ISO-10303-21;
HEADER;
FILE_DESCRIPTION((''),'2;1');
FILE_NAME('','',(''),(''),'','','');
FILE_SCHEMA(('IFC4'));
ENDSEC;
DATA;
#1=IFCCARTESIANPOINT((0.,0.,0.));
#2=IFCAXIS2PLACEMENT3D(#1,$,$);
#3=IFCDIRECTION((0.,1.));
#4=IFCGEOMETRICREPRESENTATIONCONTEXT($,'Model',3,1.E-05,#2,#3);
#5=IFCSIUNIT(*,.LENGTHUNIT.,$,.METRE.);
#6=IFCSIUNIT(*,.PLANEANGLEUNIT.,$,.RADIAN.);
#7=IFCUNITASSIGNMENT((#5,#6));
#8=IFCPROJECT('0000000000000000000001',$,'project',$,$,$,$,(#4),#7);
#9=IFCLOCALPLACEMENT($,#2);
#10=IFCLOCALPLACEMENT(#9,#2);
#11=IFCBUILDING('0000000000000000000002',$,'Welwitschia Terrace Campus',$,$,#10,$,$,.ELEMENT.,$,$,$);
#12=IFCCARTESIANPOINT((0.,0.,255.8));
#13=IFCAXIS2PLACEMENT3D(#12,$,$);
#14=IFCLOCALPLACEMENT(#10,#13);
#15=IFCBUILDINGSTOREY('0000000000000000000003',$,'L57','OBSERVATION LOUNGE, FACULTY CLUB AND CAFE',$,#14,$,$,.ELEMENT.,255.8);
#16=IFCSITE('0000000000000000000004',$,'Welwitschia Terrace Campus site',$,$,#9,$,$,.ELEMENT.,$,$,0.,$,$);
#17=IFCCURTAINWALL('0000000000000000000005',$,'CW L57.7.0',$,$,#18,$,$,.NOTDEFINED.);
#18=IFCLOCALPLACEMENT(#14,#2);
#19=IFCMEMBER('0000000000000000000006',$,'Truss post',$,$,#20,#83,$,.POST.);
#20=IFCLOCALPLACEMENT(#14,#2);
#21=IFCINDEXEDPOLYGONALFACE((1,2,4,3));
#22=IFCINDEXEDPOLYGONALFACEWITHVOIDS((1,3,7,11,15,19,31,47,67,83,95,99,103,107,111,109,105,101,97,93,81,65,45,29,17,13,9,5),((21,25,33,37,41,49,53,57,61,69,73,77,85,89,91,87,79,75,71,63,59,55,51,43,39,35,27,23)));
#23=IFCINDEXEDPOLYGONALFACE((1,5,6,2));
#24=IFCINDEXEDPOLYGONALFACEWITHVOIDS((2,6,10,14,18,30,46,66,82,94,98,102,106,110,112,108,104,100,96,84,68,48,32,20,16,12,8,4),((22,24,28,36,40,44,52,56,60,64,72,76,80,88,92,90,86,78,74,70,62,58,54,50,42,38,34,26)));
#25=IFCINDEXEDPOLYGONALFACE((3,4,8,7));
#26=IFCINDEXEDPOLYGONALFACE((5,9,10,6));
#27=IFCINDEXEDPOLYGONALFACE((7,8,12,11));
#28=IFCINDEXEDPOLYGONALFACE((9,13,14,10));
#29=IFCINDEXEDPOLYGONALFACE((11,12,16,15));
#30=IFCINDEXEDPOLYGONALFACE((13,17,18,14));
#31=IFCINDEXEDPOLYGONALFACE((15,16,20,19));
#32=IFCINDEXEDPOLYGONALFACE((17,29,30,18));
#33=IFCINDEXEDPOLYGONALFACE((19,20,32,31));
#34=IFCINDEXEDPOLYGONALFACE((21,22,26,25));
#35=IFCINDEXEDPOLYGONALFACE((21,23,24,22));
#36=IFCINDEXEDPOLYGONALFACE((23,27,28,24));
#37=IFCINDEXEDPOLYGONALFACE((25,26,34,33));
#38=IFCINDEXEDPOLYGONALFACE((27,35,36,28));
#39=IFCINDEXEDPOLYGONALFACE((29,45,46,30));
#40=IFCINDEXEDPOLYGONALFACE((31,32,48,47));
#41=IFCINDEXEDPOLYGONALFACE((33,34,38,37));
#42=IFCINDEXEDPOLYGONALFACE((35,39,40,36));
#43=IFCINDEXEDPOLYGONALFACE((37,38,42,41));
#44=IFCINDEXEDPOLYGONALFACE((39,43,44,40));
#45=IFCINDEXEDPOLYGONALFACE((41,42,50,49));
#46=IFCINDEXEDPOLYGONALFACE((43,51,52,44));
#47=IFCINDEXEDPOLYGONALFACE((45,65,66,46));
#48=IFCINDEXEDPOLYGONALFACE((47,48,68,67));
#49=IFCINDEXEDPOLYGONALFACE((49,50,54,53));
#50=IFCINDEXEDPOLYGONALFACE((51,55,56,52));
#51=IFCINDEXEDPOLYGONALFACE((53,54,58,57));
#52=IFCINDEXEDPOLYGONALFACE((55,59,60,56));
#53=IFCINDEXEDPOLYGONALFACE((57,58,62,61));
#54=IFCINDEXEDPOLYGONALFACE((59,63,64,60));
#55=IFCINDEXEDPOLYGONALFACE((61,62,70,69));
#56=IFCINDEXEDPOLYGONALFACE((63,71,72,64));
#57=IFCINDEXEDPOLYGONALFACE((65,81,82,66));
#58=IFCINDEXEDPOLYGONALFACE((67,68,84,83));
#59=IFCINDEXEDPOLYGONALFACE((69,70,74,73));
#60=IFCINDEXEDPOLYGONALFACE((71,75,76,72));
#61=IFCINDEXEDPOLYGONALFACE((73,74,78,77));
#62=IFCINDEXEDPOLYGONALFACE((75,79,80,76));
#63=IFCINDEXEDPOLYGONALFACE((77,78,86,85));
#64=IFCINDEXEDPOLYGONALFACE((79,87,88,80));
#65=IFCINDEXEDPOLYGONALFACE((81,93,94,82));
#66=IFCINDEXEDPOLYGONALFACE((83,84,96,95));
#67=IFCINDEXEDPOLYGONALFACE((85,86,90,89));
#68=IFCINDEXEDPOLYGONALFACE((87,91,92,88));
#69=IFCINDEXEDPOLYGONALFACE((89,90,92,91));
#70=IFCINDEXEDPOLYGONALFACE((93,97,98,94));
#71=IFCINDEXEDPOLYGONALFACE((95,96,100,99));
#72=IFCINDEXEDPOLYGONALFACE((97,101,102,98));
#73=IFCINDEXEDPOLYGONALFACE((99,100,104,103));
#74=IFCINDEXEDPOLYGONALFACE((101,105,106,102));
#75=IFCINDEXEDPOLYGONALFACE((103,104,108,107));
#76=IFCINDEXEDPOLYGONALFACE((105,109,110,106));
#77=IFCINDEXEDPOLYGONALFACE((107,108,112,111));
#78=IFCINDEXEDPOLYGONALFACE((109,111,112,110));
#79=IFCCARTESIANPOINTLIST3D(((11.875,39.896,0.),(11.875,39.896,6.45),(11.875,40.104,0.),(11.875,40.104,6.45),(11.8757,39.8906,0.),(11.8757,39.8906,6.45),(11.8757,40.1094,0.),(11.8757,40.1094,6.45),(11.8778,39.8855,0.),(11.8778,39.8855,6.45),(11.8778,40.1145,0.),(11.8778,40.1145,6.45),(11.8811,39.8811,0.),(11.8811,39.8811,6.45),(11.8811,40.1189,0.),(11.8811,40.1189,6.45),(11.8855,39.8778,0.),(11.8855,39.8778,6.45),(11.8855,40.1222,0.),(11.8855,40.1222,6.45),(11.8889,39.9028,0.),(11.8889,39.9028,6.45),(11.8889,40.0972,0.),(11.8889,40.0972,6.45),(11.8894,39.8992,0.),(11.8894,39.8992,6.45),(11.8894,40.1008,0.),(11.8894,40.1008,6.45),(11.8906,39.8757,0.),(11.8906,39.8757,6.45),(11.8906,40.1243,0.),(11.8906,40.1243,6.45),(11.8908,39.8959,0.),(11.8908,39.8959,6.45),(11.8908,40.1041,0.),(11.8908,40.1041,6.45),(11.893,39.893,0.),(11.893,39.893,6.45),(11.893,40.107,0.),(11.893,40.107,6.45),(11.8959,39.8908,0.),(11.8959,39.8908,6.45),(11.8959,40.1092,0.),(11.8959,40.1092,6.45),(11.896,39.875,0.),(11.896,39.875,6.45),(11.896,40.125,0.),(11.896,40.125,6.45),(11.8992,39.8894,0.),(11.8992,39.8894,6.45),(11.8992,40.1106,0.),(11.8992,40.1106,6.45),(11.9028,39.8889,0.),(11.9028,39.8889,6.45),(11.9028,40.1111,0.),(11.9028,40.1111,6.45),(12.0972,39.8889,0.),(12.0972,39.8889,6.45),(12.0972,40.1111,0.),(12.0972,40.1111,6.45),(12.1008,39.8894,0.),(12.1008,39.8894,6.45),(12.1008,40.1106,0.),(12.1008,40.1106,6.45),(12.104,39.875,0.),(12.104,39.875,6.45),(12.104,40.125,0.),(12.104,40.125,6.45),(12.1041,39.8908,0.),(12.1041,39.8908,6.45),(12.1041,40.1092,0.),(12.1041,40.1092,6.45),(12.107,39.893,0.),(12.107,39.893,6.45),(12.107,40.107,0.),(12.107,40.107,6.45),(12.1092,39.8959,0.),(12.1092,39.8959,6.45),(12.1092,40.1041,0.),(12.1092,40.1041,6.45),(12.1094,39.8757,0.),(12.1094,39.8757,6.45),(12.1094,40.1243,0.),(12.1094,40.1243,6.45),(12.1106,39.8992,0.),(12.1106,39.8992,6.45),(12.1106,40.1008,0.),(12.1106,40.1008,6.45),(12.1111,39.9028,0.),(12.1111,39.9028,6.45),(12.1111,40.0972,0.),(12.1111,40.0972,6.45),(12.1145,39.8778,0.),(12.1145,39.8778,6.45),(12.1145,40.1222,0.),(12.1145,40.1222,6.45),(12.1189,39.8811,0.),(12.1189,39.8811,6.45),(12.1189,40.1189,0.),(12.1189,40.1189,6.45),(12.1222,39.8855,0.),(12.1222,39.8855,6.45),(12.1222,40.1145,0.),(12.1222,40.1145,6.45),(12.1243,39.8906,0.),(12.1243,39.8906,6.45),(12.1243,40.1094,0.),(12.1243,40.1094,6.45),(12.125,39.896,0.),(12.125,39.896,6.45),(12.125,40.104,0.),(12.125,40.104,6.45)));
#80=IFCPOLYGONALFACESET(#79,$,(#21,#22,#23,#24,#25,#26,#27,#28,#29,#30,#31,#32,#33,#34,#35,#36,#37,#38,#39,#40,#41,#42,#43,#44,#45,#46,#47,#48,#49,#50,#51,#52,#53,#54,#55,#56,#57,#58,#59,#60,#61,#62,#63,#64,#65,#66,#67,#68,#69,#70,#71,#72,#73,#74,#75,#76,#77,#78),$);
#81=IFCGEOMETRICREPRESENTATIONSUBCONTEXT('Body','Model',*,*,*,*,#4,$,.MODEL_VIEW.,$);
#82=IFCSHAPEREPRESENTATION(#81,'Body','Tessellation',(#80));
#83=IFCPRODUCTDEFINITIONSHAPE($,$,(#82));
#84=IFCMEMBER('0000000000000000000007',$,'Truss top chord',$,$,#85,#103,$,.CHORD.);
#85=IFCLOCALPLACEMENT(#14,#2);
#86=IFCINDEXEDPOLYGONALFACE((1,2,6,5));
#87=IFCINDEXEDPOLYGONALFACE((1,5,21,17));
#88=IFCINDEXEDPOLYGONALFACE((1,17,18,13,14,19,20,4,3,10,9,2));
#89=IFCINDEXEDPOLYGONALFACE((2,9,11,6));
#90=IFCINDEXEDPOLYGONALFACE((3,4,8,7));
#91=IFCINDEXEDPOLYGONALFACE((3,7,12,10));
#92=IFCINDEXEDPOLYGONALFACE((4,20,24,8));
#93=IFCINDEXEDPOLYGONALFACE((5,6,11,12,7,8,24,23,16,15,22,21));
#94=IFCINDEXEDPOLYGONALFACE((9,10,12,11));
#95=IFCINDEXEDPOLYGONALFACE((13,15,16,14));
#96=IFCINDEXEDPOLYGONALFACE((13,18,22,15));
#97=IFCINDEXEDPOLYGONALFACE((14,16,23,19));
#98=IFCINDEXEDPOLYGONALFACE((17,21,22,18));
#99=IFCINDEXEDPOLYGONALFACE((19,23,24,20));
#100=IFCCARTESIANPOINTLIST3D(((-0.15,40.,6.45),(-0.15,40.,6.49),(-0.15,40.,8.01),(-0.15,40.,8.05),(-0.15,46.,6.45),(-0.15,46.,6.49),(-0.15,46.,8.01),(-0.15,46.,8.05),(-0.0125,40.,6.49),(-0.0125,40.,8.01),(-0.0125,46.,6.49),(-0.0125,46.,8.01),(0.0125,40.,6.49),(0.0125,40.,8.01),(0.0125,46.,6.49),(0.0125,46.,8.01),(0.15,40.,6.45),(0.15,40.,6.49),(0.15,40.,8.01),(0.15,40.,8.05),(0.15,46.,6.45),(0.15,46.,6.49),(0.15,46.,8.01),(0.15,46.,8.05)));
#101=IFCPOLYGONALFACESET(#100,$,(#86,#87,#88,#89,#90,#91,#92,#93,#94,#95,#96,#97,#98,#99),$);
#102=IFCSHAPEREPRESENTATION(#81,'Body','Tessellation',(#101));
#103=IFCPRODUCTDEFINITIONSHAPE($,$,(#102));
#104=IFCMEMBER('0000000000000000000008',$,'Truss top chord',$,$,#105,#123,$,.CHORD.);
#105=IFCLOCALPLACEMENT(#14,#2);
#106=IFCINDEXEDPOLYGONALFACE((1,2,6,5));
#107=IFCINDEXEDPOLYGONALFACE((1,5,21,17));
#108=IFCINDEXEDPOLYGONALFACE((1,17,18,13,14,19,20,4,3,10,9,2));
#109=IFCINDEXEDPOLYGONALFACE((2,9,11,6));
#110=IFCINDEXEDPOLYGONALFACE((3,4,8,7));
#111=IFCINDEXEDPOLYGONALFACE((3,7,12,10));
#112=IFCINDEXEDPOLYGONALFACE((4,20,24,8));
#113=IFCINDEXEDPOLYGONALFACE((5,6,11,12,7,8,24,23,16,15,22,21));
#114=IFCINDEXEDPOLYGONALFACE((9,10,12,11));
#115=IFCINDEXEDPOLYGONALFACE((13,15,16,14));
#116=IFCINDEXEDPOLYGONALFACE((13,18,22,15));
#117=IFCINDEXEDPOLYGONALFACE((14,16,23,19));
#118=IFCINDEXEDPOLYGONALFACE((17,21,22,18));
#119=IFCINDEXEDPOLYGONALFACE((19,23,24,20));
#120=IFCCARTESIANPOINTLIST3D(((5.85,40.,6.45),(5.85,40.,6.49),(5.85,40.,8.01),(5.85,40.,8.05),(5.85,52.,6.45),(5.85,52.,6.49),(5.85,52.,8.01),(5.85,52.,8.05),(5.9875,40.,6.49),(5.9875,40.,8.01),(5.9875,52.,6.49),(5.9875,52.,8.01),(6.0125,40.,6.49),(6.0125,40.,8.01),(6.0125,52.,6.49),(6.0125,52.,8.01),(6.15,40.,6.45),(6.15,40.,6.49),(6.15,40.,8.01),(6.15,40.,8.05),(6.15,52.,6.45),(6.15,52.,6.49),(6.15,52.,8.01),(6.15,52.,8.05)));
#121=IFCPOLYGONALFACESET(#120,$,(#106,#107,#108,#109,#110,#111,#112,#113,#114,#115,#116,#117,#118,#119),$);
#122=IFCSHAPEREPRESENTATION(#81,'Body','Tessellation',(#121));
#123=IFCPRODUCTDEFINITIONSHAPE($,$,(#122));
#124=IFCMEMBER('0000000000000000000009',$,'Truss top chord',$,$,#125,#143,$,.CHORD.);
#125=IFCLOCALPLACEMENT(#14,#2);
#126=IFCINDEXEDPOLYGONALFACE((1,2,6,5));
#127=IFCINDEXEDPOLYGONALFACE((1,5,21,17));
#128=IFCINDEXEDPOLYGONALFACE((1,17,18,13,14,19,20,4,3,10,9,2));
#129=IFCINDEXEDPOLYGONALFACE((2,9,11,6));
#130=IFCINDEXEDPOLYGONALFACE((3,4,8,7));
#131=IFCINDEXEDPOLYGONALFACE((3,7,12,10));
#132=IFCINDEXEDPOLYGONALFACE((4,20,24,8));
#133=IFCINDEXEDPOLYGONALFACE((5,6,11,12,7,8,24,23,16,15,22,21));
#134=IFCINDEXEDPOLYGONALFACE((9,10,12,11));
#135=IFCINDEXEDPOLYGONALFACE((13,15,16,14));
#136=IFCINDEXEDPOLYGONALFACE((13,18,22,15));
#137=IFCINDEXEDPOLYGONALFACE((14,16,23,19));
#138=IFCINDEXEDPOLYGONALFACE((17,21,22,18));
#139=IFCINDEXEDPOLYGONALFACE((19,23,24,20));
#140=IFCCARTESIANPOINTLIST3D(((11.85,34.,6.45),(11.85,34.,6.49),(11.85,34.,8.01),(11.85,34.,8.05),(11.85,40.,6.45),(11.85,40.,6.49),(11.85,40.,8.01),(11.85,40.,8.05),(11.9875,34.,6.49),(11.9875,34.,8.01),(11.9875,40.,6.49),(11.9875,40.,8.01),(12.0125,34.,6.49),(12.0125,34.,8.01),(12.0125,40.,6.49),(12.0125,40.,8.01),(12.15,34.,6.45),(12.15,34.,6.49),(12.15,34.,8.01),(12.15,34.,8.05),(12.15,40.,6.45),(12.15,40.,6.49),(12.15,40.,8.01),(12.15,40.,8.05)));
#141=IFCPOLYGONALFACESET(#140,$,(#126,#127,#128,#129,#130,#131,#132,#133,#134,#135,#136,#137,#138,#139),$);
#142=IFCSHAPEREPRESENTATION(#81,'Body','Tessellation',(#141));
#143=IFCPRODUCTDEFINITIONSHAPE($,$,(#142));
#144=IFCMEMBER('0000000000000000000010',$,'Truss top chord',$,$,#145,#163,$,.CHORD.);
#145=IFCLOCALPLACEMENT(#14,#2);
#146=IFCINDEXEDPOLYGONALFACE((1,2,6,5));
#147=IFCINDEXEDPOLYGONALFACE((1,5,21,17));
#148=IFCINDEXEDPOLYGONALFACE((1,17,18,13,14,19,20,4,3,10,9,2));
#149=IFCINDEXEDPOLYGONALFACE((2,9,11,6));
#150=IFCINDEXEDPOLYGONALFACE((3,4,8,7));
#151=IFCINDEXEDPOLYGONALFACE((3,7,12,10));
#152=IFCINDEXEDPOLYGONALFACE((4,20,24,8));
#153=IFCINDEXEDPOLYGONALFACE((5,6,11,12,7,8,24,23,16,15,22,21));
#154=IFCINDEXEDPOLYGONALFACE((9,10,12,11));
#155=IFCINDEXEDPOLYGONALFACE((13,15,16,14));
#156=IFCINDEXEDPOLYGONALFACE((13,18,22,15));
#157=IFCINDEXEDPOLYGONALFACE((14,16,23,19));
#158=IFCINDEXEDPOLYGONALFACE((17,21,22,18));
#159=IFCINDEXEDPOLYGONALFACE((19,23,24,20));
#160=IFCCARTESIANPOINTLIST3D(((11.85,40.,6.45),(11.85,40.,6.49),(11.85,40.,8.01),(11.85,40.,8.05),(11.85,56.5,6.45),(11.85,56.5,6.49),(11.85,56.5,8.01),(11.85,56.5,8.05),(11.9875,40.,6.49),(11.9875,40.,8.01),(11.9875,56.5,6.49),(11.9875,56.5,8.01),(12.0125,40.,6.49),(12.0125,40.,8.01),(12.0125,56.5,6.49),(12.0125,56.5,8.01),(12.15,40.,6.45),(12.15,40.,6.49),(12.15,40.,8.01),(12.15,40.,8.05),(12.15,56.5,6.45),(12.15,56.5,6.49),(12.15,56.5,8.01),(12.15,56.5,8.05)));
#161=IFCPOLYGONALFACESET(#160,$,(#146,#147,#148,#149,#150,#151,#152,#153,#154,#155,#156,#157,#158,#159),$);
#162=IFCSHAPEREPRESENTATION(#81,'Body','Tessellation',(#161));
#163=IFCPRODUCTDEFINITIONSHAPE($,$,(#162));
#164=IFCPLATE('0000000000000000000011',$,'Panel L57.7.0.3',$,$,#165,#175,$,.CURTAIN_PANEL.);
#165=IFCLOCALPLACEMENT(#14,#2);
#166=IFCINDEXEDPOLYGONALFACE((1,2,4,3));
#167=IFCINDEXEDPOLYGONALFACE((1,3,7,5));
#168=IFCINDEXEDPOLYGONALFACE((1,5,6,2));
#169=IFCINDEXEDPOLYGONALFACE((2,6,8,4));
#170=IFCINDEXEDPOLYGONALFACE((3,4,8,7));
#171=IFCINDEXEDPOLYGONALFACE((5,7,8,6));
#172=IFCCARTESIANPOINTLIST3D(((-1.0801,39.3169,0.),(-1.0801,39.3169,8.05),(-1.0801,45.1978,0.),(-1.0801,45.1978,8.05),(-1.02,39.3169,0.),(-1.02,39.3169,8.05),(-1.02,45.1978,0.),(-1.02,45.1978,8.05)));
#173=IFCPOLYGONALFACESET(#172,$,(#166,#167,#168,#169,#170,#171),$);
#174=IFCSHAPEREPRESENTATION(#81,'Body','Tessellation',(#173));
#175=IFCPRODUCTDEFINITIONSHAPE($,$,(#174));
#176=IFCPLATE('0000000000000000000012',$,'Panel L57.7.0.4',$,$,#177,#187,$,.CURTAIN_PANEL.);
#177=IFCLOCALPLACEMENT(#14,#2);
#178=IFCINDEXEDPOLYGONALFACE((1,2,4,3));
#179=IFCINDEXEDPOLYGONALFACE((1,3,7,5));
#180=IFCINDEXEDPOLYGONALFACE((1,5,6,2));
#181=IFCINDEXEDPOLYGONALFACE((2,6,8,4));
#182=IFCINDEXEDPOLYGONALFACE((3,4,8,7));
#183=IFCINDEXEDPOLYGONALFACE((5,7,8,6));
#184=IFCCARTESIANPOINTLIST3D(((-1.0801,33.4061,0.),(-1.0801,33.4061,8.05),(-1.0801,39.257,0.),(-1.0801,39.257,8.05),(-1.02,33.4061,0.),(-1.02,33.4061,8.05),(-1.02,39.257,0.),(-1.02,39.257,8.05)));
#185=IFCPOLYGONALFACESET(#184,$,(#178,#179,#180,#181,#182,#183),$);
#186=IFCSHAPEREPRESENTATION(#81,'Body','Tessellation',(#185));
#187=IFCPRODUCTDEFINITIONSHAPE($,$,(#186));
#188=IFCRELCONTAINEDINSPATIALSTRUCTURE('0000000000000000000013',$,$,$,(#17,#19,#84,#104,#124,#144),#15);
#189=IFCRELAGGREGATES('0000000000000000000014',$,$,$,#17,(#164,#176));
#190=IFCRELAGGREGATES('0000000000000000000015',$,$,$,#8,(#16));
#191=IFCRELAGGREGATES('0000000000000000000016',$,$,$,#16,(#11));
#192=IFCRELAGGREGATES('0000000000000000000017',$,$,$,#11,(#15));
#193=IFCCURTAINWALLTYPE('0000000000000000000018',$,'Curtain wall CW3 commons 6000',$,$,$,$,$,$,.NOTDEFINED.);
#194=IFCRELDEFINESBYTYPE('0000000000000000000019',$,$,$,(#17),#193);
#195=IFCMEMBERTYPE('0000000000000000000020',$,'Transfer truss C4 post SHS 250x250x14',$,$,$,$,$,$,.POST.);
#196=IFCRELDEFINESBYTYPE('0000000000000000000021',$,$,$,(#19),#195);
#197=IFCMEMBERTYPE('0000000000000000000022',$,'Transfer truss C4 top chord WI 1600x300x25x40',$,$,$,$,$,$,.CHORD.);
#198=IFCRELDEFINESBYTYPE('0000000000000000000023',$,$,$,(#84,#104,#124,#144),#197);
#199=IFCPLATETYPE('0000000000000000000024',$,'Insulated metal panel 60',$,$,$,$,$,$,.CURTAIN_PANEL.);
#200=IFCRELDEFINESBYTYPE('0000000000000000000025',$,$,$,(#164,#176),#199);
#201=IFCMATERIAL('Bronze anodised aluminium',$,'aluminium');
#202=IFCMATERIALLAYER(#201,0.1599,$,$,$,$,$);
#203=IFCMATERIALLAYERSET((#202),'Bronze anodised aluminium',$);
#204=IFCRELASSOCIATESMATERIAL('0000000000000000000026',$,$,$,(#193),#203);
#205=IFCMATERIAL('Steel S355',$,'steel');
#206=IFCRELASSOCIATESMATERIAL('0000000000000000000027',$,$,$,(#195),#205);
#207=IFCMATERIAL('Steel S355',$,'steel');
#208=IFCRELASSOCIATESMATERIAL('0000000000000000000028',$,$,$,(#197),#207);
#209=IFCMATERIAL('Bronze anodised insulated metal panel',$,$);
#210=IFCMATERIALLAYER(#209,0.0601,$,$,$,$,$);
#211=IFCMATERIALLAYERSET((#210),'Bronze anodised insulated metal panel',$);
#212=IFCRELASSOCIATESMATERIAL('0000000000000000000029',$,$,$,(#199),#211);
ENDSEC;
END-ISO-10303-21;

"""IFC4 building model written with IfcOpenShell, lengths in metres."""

from ifc_helpers import new_model, si_unit, direction, frame, origin, origin_2d, place, context, subcontext, project, spatial, rectangle, hollow_rectangle, i_section, extrude, material, layer, layer_set, material_profile, profile_set, type_object, element, aggregate, save


model = new_model("IFC4")

# Units and contexts
model_context = context("Model", 3, precision=1e-05, world=origin(), true_north=direction((0.0, 1.0)))
body_context = subcontext(model_context, "Body", "Model", "MODEL_VIEW")
ifc_project = project(units=[si_unit("LENGTHUNIT", "METRE"), si_unit("PLANEANGLEUNIT", "RADIAN")], contexts=[model_context])

# Site, building, storey
site_placement = place(None, origin())
site = spatial("IfcSite", under=ifc_project, at=site_placement, Name="Welwitschia Terrace Campus site", CompositionType="ELEMENT", RefElevation=0.0)
building_placement = place(site_placement, origin())
building = spatial("IfcBuilding", under=site, at=building_placement, Name="Welwitschia Terrace Campus", CompositionType="ELEMENT")
storey_placement = place(building_placement, frame((0.0, 0.0, 255.8)))
storey = spatial("IfcBuildingStorey", under=building, at=storey_placement, Name="L57", Description="OBSERVATION LOUNGE, FACULTY CLUB AND CAFE", CompositionType="ELEMENT", Elevation=255.8)

# Curtain wall
ifc_material_1 = material(Name="Bronze anodised aluminium", Category="aluminium")
ifc_layer_1 = layer(ifc_material_1, 0.1599)
ifc_layer_set_1 = layer_set([ifc_layer_1], Name="Bronze anodised aluminium")
curtain_wall_type = type_object("IfcCurtainWallType", Name="Curtain wall CW3 commons 6000", PredefinedType="NOTDEFINED", material=ifc_layer_set_1)
curtain_wall_placement = place(storey_placement, origin())
curtain_wall = element("IfcCurtainWall", 1, at=curtain_wall_placement, inside=storey, type_object=curtain_wall_type, Name="CW L57.7.0", PredefinedType="NOTDEFINED")

# Members
ifc_material_2 = material(Name="Steel S355", Category="steel")
ifc_material_profile_1 = material_profile(ifc_material_2, hollow_rectangle(XDim=0.25, YDim=0.25, WallThickness=0.0139, InnerFilletRadius=0.0139, OuterFilletRadius=0.021, at=origin_2d()))
ifc_profile_set_1 = profile_set([ifc_material_profile_1], Name="Steel S355")
member_type_1 = type_object("IfcMemberType", Name="Transfer truss C4 post SHS 250x250x14", PredefinedType="POST", material=ifc_profile_set_1)
for number, where, z_axis, x_axis, name in (
    (2, (12.0, 40.0, 0.0), (0.0, 0.0, 1.0), (1.0, 0.0, 0.0), "Truss post"),
):
    element("IfcMember", number, at=place(storey_placement, frame(where, z_axis=z_axis, x_axis=x_axis)), inside=storey, type_object=member_type_1, Name=name, PredefinedType="POST", context=body_context, shape_type="SweptSolid", body=[
        extrude(hollow_rectangle(XDim=0.25, YDim=0.25, WallThickness=0.0139, InnerFilletRadius=0.0139, OuterFilletRadius=0.021, at=origin_2d()), origin(), (0.0, 0.0, 1.0), 6.45),
    ])
ifc_material_3 = material(Name="Steel S355", Category="steel")
ifc_material_profile_2 = material_profile(ifc_material_3, i_section(OverallWidth=0.3, OverallDepth=1.6001, WebThickness=0.0249, FlangeThickness=0.04, at=origin_2d()))
ifc_profile_set_2 = profile_set([ifc_material_profile_2], Name="Steel S355")
member_type_2 = type_object("IfcMemberType", Name="Transfer truss C4 top chord WI 1600x300x25x40", PredefinedType="CHORD", material=ifc_profile_set_2)
member_1_placement = place(storey_placement, frame((0.0, 40.0, 7.25), z_axis=(0.0, 1.0, 0.0), x_axis=(-1.0, 0.0, 0.0)))
element("IfcMember", 3, at=member_1_placement, inside=storey, type_object=member_type_2, Name="Truss top chord", PredefinedType="CHORD", context=body_context, shape_type="SweptSolid", body=[
    extrude(i_section(OverallWidth=0.3, OverallDepth=1.6001, WebThickness=0.0249, FlangeThickness=0.04, at=origin_2d()), origin(), (0.0, 0.0, 1.0), 6.0),
])
member_2_placement = place(storey_placement, frame((6.0, 40.0, 7.25), z_axis=(0.0, 1.0, 0.0), x_axis=(-1.0, 0.0, 0.0)))
element("IfcMember", 4, at=member_2_placement, inside=storey, type_object=member_type_2, Name="Truss top chord", PredefinedType="CHORD", context=body_context, shape_type="SweptSolid", body=[
    extrude(i_section(OverallWidth=0.3, OverallDepth=1.6001, WebThickness=0.0249, FlangeThickness=0.04, at=origin_2d()), origin(), (0.0, 0.0, 1.0), 12.0),
])
member_3_placement = place(storey_placement, frame((12.0, 34.0, 7.25), z_axis=(0.0, 1.0, 0.0), x_axis=(-1.0, 0.0, 0.0)))
element("IfcMember", 5, at=member_3_placement, inside=storey, type_object=member_type_2, Name="Truss top chord", PredefinedType="CHORD", context=body_context, shape_type="SweptSolid", body=[
    extrude(i_section(OverallWidth=0.3, OverallDepth=1.6001, WebThickness=0.0249, FlangeThickness=0.04, at=origin_2d()), origin(), (0.0, 0.0, 1.0), 6.0),
])
member_4_placement = place(storey_placement, frame((12.0, 40.0, 7.25), z_axis=(0.0, 1.0, 0.0), x_axis=(-1.0, 0.0, 0.0)))
element("IfcMember", 6, at=member_4_placement, inside=storey, type_object=member_type_2, Name="Truss top chord", PredefinedType="CHORD", context=body_context, shape_type="SweptSolid", body=[
    extrude(i_section(OverallWidth=0.3, OverallDepth=1.6001, WebThickness=0.0249, FlangeThickness=0.04, at=origin_2d()), origin(), (0.0, 0.0, 1.0), 16.5),
])

# Plates
ifc_material_4 = material(Name="Bronze anodised insulated metal panel")
ifc_layer_2 = layer(ifc_material_4, 0.0601)
ifc_layer_set_2 = layer_set([ifc_layer_2], Name="Bronze anodised insulated metal panel")
plate_type = type_object("IfcPlateType", Name="Insulated metal panel 60", PredefinedType="CURTAIN_PANEL", material=ifc_layer_set_2)
plate_1_placement = place(storey_placement, frame((-1.05, 42.2573, 0.0), z_axis=(0.0, 0.0, 1.0), x_axis=(0.0, -1.0, 0.0)))
plate_1 = element("IfcPlate", 7, at=plate_1_placement, type_object=plate_type, Name="Panel L57.7.0.3", PredefinedType="CURTAIN_PANEL", context=body_context, shape_type="SweptSolid", body=[
    extrude(rectangle(XDim=5.8809, YDim=0.0601, at=origin_2d()), origin(), (0.0, 0.0, 1.0), 8.05),
])
plate_2_placement = place(storey_placement, frame((-1.05, 36.3315, 0.0), z_axis=(0.0, 0.0, 1.0), x_axis=(0.0, -1.0, 0.0)))
plate_2 = element("IfcPlate", 8, at=plate_2_placement, type_object=plate_type, Name="Panel L57.7.0.4", PredefinedType="CURTAIN_PANEL", context=body_context, shape_type="SweptSolid", body=[
    extrude(rectangle(XDim=5.8508, YDim=0.0601, at=origin_2d()), origin(), (0.0, 0.0, 1.0), 8.05),
])
aggregate(curtain_wall, [plate_1, plate_2])

save(model, "model.ifc")
